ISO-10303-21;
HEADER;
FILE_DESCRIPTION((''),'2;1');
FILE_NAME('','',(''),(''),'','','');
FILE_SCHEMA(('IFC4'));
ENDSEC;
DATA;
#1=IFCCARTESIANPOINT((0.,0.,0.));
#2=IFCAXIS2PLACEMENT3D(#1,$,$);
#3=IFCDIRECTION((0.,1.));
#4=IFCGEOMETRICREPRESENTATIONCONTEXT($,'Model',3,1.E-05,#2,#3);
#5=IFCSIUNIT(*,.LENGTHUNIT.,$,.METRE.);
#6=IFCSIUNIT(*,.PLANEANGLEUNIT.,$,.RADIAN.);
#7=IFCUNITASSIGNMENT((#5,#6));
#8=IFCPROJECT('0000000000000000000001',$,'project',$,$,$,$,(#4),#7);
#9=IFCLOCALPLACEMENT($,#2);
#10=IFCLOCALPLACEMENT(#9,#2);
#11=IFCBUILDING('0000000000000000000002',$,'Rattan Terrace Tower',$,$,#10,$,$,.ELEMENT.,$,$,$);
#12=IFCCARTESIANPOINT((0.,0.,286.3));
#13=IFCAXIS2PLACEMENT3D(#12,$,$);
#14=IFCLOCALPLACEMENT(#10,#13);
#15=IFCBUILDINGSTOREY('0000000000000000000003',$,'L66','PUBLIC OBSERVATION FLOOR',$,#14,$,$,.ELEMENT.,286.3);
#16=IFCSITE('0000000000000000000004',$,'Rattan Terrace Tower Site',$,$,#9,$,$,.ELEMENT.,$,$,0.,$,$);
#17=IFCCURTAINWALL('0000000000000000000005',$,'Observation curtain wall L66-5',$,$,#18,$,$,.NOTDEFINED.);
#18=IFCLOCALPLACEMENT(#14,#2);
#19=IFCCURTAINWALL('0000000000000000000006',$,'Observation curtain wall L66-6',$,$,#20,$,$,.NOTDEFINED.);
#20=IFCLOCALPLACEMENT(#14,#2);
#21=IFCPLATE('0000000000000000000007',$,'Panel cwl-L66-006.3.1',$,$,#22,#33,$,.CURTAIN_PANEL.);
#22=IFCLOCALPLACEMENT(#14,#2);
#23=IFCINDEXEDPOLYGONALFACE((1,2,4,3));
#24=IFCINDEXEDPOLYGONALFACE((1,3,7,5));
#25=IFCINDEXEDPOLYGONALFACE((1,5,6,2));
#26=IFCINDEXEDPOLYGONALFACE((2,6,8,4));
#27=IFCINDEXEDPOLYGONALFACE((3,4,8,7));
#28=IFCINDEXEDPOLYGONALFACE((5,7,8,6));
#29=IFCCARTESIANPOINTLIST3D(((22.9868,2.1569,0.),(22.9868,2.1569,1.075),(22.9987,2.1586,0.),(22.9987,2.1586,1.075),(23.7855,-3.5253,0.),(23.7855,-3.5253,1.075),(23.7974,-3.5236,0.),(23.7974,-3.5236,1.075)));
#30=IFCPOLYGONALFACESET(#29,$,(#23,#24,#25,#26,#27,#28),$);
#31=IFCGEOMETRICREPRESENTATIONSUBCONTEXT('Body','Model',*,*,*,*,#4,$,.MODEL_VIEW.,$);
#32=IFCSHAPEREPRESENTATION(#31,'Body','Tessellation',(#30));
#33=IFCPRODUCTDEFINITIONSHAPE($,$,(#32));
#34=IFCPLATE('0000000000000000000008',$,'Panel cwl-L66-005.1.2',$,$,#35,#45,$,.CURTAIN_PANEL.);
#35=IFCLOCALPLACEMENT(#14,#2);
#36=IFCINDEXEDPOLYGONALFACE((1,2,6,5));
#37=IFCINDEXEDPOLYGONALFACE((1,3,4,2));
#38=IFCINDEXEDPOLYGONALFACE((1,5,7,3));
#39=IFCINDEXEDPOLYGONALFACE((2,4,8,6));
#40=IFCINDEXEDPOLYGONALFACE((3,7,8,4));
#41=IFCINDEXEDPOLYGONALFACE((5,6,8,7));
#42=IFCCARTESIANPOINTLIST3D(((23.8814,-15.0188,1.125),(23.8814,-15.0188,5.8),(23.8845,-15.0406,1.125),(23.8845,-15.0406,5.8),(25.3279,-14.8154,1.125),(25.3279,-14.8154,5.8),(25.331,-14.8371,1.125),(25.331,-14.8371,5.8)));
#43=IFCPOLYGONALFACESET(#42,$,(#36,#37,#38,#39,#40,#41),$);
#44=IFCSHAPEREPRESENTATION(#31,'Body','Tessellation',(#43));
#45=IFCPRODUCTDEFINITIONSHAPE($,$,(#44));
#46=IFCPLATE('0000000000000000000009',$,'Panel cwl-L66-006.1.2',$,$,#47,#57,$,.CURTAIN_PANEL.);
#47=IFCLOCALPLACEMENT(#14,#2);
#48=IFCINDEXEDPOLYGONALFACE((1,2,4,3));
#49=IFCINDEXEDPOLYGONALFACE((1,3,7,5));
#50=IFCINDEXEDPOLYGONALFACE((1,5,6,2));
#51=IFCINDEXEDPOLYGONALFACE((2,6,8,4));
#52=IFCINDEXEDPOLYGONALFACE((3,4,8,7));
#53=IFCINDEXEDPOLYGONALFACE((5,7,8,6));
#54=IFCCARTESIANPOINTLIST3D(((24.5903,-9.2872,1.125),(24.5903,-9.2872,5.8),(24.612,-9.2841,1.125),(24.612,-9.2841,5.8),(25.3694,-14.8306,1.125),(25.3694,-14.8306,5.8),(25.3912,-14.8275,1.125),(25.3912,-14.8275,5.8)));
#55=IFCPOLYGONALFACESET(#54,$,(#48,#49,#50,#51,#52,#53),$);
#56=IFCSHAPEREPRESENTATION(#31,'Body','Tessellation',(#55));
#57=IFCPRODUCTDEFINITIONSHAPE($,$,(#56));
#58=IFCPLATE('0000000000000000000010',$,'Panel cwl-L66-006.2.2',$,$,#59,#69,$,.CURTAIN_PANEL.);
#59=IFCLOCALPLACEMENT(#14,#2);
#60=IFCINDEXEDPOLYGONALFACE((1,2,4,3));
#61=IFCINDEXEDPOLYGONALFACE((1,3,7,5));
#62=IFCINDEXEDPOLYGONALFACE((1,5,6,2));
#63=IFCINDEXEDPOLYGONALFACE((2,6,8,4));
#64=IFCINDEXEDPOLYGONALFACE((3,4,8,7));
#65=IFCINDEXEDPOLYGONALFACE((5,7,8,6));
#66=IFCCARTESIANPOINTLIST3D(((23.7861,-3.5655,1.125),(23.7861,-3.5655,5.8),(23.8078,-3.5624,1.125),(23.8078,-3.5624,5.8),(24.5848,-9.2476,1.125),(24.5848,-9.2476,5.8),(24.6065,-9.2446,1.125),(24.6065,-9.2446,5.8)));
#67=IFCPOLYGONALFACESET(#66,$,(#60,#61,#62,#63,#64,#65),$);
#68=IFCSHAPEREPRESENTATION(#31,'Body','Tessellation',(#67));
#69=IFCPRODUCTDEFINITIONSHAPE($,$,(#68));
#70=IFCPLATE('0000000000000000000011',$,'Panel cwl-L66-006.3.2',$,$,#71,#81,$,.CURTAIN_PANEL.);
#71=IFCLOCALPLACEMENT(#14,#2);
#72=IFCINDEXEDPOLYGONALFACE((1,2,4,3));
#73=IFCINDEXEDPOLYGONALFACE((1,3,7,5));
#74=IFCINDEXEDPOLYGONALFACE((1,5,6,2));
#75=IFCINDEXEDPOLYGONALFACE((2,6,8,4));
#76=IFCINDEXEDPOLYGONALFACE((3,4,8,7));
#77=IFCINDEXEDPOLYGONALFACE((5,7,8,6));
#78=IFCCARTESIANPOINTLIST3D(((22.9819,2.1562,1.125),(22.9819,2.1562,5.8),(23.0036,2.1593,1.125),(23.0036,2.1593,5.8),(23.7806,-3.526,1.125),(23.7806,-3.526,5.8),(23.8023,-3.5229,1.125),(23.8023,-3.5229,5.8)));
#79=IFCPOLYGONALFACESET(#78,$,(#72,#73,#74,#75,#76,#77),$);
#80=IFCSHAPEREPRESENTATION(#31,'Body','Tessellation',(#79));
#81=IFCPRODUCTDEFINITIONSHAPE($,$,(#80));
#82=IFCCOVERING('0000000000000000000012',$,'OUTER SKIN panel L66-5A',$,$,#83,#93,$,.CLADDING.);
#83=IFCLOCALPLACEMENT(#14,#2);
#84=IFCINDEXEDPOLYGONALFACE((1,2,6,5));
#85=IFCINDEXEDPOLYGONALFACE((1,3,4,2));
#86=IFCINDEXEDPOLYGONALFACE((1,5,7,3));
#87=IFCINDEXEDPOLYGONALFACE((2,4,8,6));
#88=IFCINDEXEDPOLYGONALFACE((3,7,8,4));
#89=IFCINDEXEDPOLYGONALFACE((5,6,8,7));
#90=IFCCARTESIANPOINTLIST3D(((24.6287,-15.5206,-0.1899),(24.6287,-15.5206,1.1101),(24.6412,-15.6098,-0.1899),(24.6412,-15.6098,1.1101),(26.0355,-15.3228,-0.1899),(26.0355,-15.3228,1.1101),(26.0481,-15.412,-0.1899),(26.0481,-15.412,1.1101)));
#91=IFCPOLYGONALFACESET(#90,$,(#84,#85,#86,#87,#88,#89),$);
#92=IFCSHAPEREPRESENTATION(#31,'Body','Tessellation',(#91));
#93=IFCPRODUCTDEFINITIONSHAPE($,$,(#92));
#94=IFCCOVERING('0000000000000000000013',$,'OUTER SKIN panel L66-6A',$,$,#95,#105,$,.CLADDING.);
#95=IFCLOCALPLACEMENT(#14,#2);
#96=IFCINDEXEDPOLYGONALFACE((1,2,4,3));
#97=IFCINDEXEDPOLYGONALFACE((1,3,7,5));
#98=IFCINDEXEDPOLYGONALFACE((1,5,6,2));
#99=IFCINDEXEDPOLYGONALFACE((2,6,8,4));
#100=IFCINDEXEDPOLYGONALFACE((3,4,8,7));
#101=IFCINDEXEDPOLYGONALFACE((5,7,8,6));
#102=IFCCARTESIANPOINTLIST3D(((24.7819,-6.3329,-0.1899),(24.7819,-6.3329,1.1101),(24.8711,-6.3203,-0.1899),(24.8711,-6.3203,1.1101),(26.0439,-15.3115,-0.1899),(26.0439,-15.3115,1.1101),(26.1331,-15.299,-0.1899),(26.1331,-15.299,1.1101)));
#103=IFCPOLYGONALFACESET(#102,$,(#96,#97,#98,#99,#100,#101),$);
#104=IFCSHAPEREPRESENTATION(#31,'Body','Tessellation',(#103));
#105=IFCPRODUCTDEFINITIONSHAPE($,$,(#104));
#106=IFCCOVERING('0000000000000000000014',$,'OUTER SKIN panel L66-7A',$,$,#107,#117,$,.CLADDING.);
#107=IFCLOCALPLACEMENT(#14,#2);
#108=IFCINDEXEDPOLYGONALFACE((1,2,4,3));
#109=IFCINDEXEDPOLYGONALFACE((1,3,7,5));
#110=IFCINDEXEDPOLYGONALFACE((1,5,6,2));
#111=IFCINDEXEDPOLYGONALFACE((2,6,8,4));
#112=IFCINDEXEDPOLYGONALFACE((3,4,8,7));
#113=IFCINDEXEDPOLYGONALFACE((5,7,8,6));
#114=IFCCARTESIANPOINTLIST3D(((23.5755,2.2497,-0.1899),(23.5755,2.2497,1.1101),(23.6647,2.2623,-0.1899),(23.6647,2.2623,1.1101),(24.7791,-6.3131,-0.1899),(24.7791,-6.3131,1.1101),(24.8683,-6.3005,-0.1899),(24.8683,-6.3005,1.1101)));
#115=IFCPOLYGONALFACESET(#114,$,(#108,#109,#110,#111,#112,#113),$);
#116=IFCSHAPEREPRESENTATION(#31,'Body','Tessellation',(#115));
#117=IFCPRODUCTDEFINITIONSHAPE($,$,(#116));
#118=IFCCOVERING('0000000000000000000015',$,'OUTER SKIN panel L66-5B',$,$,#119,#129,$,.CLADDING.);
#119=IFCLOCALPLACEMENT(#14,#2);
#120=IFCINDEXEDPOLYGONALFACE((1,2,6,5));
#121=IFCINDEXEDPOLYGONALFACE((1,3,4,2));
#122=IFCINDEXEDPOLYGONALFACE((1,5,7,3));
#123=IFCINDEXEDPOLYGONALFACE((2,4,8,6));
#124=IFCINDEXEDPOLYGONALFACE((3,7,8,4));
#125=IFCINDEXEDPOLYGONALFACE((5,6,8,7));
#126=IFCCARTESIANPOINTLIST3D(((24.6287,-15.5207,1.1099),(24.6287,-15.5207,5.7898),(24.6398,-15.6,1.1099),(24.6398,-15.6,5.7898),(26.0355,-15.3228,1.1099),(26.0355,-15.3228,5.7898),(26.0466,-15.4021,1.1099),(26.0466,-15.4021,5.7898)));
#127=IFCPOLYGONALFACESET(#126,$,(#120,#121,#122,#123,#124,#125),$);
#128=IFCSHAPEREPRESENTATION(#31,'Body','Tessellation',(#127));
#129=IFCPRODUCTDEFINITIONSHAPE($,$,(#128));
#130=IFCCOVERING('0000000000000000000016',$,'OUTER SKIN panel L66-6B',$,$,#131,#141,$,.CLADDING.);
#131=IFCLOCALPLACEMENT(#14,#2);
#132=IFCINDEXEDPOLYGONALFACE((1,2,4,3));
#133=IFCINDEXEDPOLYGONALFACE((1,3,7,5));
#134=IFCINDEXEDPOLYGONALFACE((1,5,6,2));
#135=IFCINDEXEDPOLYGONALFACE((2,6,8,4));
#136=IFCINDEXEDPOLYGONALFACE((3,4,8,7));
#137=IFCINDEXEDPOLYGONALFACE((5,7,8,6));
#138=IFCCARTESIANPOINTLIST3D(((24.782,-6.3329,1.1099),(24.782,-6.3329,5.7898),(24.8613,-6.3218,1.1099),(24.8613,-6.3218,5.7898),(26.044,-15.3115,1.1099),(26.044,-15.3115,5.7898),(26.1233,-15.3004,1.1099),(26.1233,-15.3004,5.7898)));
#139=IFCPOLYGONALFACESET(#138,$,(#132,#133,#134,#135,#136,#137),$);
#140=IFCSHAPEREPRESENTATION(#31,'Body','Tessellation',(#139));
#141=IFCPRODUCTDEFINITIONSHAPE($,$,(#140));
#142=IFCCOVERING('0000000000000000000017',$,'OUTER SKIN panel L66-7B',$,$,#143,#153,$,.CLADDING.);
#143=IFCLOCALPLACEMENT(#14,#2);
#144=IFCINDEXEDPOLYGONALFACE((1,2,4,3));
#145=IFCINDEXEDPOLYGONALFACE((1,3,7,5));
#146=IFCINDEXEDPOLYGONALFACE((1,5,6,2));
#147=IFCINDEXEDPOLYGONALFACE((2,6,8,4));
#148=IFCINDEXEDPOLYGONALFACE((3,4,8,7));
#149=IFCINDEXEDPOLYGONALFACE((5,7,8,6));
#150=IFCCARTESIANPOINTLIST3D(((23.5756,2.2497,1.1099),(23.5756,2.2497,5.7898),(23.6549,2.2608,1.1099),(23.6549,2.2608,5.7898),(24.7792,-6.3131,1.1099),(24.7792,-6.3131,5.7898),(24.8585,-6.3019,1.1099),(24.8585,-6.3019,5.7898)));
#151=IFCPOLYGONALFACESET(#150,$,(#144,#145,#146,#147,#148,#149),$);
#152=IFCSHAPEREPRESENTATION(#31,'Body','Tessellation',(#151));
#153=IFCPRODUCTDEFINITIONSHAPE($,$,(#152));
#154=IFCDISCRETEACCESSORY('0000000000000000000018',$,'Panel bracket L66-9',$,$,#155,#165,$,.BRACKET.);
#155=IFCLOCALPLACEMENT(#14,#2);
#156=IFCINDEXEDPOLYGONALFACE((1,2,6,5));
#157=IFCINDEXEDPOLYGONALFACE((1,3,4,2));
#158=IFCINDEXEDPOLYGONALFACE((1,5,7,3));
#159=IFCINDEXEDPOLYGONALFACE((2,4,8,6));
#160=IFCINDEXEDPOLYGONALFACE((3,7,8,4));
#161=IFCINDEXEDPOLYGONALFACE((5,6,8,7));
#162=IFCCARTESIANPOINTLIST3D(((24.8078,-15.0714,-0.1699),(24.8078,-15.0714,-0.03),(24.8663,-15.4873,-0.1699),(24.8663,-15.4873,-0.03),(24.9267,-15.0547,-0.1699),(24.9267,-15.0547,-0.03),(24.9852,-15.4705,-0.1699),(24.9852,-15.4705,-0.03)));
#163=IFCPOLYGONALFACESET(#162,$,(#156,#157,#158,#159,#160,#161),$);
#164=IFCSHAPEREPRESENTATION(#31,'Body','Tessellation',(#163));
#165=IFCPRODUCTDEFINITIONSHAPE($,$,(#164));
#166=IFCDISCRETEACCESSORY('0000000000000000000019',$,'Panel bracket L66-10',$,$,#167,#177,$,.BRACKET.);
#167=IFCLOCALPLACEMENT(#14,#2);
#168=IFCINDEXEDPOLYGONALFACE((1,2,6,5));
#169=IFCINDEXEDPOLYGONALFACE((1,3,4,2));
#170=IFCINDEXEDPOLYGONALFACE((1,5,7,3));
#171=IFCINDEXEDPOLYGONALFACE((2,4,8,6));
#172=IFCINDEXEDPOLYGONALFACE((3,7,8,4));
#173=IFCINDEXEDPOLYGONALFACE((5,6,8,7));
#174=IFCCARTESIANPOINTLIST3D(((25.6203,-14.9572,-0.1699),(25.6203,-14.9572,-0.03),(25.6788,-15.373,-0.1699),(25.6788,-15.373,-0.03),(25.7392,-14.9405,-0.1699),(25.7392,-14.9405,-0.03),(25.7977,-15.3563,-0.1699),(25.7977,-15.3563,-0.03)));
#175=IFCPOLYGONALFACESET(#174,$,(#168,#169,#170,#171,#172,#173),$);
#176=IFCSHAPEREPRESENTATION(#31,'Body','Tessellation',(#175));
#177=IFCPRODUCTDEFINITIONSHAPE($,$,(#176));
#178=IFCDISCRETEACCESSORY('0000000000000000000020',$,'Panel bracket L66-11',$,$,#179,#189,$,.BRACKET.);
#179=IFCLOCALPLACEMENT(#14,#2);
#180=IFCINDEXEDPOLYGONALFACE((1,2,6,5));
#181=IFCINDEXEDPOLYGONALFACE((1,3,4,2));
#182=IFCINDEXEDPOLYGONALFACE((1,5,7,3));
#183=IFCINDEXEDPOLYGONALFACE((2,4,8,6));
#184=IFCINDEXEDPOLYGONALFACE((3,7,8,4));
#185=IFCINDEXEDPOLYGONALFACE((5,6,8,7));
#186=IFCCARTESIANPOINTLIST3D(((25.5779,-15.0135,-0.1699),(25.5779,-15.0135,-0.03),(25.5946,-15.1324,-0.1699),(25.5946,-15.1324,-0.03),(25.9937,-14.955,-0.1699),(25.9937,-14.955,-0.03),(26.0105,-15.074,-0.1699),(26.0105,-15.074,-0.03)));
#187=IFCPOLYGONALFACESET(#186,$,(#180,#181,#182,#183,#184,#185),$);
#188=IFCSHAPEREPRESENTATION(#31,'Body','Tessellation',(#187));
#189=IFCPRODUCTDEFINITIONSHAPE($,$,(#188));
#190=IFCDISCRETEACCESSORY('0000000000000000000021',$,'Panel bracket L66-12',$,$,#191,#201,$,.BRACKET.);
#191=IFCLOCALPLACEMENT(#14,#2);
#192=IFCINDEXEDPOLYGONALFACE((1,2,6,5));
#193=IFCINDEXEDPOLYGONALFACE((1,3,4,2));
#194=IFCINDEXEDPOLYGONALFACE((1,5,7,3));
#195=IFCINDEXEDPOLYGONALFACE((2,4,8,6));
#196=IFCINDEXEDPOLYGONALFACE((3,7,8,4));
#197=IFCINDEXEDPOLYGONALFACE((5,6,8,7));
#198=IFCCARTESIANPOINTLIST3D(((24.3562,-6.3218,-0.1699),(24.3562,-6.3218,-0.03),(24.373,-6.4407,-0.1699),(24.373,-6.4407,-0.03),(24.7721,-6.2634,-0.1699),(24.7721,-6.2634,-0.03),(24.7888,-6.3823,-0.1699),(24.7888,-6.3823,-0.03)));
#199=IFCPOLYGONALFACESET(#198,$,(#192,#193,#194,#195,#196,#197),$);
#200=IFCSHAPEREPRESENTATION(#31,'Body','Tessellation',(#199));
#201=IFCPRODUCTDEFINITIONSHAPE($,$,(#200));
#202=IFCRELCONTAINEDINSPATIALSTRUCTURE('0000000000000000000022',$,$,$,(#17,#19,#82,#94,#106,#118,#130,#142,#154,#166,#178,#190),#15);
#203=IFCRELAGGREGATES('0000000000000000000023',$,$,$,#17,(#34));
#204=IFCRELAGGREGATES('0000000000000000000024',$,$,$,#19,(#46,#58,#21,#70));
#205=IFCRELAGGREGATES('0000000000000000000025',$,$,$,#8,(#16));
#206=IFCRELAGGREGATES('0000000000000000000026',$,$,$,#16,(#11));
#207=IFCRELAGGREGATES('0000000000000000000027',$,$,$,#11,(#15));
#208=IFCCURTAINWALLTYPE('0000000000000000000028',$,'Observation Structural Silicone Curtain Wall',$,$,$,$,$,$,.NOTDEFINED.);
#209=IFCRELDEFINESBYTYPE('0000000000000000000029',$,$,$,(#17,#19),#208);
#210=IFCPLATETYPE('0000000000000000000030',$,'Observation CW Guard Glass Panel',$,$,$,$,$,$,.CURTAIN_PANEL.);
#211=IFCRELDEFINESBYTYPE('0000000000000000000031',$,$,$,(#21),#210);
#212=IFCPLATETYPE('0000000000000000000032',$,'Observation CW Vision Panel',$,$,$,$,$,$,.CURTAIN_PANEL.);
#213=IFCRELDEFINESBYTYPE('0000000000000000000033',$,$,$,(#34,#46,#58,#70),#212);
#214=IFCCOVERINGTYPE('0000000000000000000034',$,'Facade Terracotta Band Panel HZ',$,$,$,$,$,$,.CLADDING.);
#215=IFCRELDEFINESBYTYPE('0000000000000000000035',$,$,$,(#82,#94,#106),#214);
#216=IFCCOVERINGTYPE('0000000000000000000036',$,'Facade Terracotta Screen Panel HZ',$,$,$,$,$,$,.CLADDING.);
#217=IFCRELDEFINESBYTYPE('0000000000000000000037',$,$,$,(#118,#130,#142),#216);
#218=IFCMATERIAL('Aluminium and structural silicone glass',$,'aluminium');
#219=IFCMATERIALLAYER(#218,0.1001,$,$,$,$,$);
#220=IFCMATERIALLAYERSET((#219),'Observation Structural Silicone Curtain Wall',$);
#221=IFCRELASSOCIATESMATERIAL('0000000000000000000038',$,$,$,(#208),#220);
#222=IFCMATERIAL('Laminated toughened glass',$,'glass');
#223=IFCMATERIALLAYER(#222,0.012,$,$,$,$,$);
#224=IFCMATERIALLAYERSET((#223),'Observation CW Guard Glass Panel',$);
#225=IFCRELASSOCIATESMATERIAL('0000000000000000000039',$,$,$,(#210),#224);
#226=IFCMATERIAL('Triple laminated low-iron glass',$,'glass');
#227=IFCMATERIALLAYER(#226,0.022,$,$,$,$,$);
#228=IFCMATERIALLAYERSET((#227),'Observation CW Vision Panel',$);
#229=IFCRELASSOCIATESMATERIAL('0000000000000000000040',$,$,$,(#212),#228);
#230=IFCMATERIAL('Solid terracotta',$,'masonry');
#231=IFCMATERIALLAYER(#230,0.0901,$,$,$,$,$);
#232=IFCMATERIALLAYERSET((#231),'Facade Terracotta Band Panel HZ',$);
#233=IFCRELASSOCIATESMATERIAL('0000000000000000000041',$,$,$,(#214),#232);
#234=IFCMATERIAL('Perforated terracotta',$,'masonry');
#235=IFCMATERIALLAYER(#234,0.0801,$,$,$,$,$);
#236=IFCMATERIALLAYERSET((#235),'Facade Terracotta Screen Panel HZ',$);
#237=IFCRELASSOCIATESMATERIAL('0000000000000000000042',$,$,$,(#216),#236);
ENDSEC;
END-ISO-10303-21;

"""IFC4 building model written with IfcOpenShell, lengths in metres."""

from ifc_helpers import new_model, si_unit, direction, frame, origin, origin_2d, place, context, subcontext, project, spatial, rectangle, extrude, material, layer, layer_set, type_object, element, aggregate, save


model = new_model("IFC4")

# Units and contexts
model_context = context("Model", 3, precision=1e-05, world=origin(), true_north=direction((0.0, 1.0)))
body_context = subcontext(model_context, "Body", "Model", "MODEL_VIEW")
ifc_project = project(units=[si_unit("LENGTHUNIT", "METRE"), si_unit("PLANEANGLEUNIT", "RADIAN")], contexts=[model_context])

# Site, building, storey
site_placement = place(None, origin())
site = spatial("IfcSite", under=ifc_project, at=site_placement, Name="Rattan Terrace Tower Site", CompositionType="ELEMENT", RefElevation=0.0)
building_placement = place(site_placement, origin())
building = spatial("IfcBuilding", under=site, at=building_placement, Name="Rattan Terrace Tower", CompositionType="ELEMENT")
storey_placement = place(building_placement, frame((0.0, 0.0, 286.3)))
storey = spatial("IfcBuildingStorey", under=building, at=storey_placement, Name="L66", Description="PUBLIC OBSERVATION FLOOR", CompositionType="ELEMENT", Elevation=286.3)

# Curtain wall
ifc_material_1 = material(Name="Aluminium and structural silicone glass", Category="aluminium")
ifc_layer_1 = layer(ifc_material_1, 0.1001)
ifc_layer_set_1 = layer_set([ifc_layer_1], Name="Observation Structural Silicone Curtain Wall")
curtain_wall_type = type_object("IfcCurtainWallType", Name="Observation Structural Silicone Curtain Wall", PredefinedType="NOTDEFINED", material=ifc_layer_set_1)
curtain_wall_1_placement = place(storey_placement, origin())
curtain_wall_1 = element("IfcCurtainWall", 1, at=curtain_wall_1_placement, inside=storey, type_object=curtain_wall_type, Name="Observation curtain wall L66-5", PredefinedType="NOTDEFINED")

# Curtain wall
curtain_wall_2_placement = place(storey_placement, origin())
curtain_wall_2 = element("IfcCurtainWall", 2, at=curtain_wall_2_placement, inside=storey, type_object=curtain_wall_type, Name="Observation curtain wall L66-6", PredefinedType="NOTDEFINED")

# Plates
ifc_material_2 = material(Name="Laminated toughened glass", Category="glass")
ifc_layer_2 = layer(ifc_material_2, 0.012)
ifc_layer_set_2 = layer_set([ifc_layer_2], Name="Observation CW Guard Glass Panel")
plate_type_1 = type_object("IfcPlateType", Name="Observation CW Guard Glass Panel", PredefinedType="CURTAIN_PANEL", material=ifc_layer_set_2)
plate_1_placement = place(storey_placement, frame((23.3921, -0.6833, 0.0), z_axis=(0.0, 0.0, 1.0), x_axis=(-0.139192, 0.990265, 0.0)))
plate_1 = element("IfcPlate", 3, at=plate_1_placement, type_object=plate_type_1, Name="Panel cwl-L66-006.3.1", PredefinedType="CURTAIN_PANEL", context=body_context, shape_type="SweptSolid", body=[
    extrude(rectangle(XDim=5.738, YDim=0.012, at=origin_2d()), origin(), (0.0, 0.0, 1.0), 1.075),
])
ifc_material_3 = material(Name="Triple laminated low-iron glass", Category="glass")
ifc_layer_3 = layer(ifc_material_3, 0.022)
ifc_layer_set_3 = layer_set([ifc_layer_3], Name="Observation CW Vision Panel")
plate_type_2 = type_object("IfcPlateType", Name="Observation CW Vision Panel", PredefinedType="CURTAIN_PANEL", material=ifc_layer_set_3)
plate_2_placement = place(storey_placement, frame((24.6062, -14.928, 1.125), z_axis=(0.0, 0.0, 1.0), x_axis=(0.990254, 0.139275, 0.0)))
plate_2 = element("IfcPlate", 4, at=plate_2_placement, type_object=plate_type_2, Name="Panel cwl-L66-005.1.2", PredefinedType="CURTAIN_PANEL", context=body_context, shape_type="SweptSolid", body=[
    extrude(rectangle(XDim=1.4607, YDim=0.022, at=origin_2d()), origin(), (0.0, 0.0, 1.0), 4.675),
])
aggregate(curtain_wall_1, [plate_2])
plate_3_placement = place(storey_placement, frame((24.9907, -12.0574, 1.125), z_axis=(0.0, 0.0, 1.0), x_axis=(-0.139192, 0.990265, 0.0)))
plate_3 = element("IfcPlate", 5, at=plate_3_placement, type_object=plate_type_2, Name="Panel cwl-L66-006.1.2", PredefinedType="CURTAIN_PANEL", context=body_context, shape_type="SweptSolid", body=[
    extrude(rectangle(XDim=5.5979, YDim=0.022, at=origin_2d()), origin(), (0.0, 0.0, 1.0), 4.675),
])
plate_4_placement = place(storey_placement, frame((24.1963, -6.405, 1.125), z_axis=(0.0, 0.0, 1.0), x_axis=(-0.139192, 0.990265, 0.0)))
plate_4 = element("IfcPlate", 6, at=plate_4_placement, type_object=plate_type_2, Name="Panel cwl-L66-006.2.2", PredefinedType="CURTAIN_PANEL", context=body_context, shape_type="SweptSolid", body=[
    extrude(rectangle(XDim=5.738, YDim=0.022, at=origin_2d()), origin(), (0.0, 0.0, 1.0), 4.675),
])
plate_5_placement = place(storey_placement, frame((23.3921, -0.6833, 1.125), z_axis=(0.0, 0.0, 1.0), x_axis=(-0.139192, 0.990265, 0.0)))
plate_5 = element("IfcPlate", 7, at=plate_5_placement, type_object=plate_type_2, Name="Panel cwl-L66-006.3.2", PredefinedType="CURTAIN_PANEL", context=body_context, shape_type="SweptSolid", body=[
    extrude(rectangle(XDim=5.738, YDim=0.022, at=origin_2d()), origin(), (0.0, 0.0, 1.0), 4.675),
])
aggregate(curtain_wall_2, [plate_3, plate_4, plate_1, plate_5])

# Coverings
ifc_material_4 = material(Name="Solid terracotta", Category="masonry")
ifc_layer_4 = layer(ifc_material_4, 0.0901)
ifc_layer_set_4 = layer_set([ifc_layer_4], Name="Facade Terracotta Band Panel HZ")
covering_type_1 = type_object("IfcCoveringType", Name="Facade Terracotta Band Panel HZ", PredefinedType="CLADDING", material=ifc_layer_set_4)
covering_1_placement = place(storey_placement, frame((25.3384, -15.4663, -0.1899), z_axis=(0.0, 0.0, 1.0), x_axis=(0.990254, 0.139275, 0.0)))
element("IfcCovering", 8, at=covering_1_placement, inside=storey, type_object=covering_type_1, Name="OUTER SKIN panel L66-5A", PredefinedType="CLADDING", context=body_context, shape_type="SweptSolid", body=[
    extrude(rectangle(XDim=1.4207, YDim=0.0901, at=origin_2d()), origin(), (0.0, 0.0, 1.0), 1.3),
])
covering_2_placement = place(storey_placement, frame((25.4575, -10.8159, -0.1899), z_axis=(0.0, 0.0, 1.0), x_axis=(-0.139192, 0.990265, 0.0)))
element("IfcCovering", 9, at=covering_2_placement, inside=storey, type_object=covering_type_1, Name="OUTER SKIN panel L66-6A", PredefinedType="CLADDING", context=body_context, shape_type="SweptSolid", body=[
    extrude(rectangle(XDim=9.0669, YDim=0.0901, at=origin_2d()), origin(), (0.0, 0.0, 1.0), 1.3),
])
covering_3_placement = place(storey_placement, frame((24.2219, -2.0254, -0.1899), z_axis=(0.0, 0.0, 1.0), x_axis=(-0.139192, 0.990265, 0.0)))
element("IfcCovering", 10, at=covering_3_placement, inside=storey, type_object=covering_type_1, Name="OUTER SKIN panel L66-7A", PredefinedType="CLADDING", context=body_context, shape_type="SweptSolid", body=[
    extrude(rectangle(XDim=8.647, YDim=0.0901, at=origin_2d()), origin(), (0.0, 0.0, 1.0), 1.3),
])
ifc_material_5 = material(Name="Perforated terracotta", Category="masonry")
ifc_layer_5 = layer(ifc_material_5, 0.0801)
ifc_layer_set_5 = layer_set([ifc_layer_5], Name="Facade Terracotta Screen Panel HZ")
covering_type_2 = type_object("IfcCoveringType", Name="Facade Terracotta Screen Panel HZ", PredefinedType="CLADDING", material=ifc_layer_set_5)
covering_4_placement = place(storey_placement, frame((25.3376, -15.4614, 1.1099), z_axis=(0.0, 0.0, 1.0), x_axis=(0.990254, 0.139275, 0.0)))
element("IfcCovering", 11, at=covering_4_placement, inside=storey, type_object=covering_type_2, Name="OUTER SKIN panel L66-5B", PredefinedType="CLADDING", context=body_context, shape_type="SweptSolid", body=[
    extrude(rectangle(XDim=1.4207, YDim=0.0801, at=origin_2d()), origin(), (0.0, 0.0, 1.0), 4.6799),
])
covering_5_placement = place(storey_placement, frame((25.4526, -10.8167, 1.1099), z_axis=(0.0, 0.0, 1.0), x_axis=(-0.139192, 0.990265, 0.0)))
element("IfcCovering", 12, at=covering_5_placement, inside=storey, type_object=covering_type_2, Name="OUTER SKIN panel L66-6B", PredefinedType="CLADDING", context=body_context, shape_type="SweptSolid", body=[
    extrude(rectangle(XDim=9.0669, YDim=0.0801, at=origin_2d()), origin(), (0.0, 0.0, 1.0), 4.6799),
])
covering_6_placement = place(storey_placement, frame((24.217, -2.0261, 1.1099), z_axis=(0.0, 0.0, 1.0), x_axis=(-0.139192, 0.990265, 0.0)))
element("IfcCovering", 13, at=covering_6_placement, inside=storey, type_object=covering_type_2, Name="OUTER SKIN panel L66-7B", PredefinedType="CLADDING", context=body_context, shape_type="SweptSolid", body=[
    extrude(rectangle(XDim=8.647, YDim=0.0801, at=origin_2d()), origin(), (0.0, 0.0, 1.0), 4.6799),
])

# Discrete accessories
for number, where, z_axis, x_axis, name in (
    (14, (24.8965, -15.271, -0.1699), (0.0, 0.0, 1.0), (0.990254, 0.139275, 0.0), "Panel bracket L66-9"),
    (15, (25.709, -15.1567, -0.1699), (0.0, 0.0, 1.0), (0.990254, 0.139275, 0.0), "Panel bracket L66-10"),
    (16, (25.7942, -15.0437, -0.1699), (0.0, 0.0, 1.0), (-0.139192, 0.990265, 0.0), "Panel bracket L66-11"),
    (17, (24.5725, -6.3521, -0.1699), (0.0, 0.0, 1.0), (-0.139192, 0.990265, 0.0), "Panel bracket L66-12"),
):
    element("IfcDiscreteAccessory", number, at=place(storey_placement, frame(where, z_axis=z_axis, x_axis=x_axis)), inside=storey, Name=name, PredefinedType="BRACKET", context=body_context, shape_type="SweptSolid", body=[
        extrude(rectangle(XDim=0.1201, YDim=0.4199, at=origin_2d()), origin(), (0.0, 0.0, 1.0), 0.1399),
    ])

save(model, "model.ifc")
